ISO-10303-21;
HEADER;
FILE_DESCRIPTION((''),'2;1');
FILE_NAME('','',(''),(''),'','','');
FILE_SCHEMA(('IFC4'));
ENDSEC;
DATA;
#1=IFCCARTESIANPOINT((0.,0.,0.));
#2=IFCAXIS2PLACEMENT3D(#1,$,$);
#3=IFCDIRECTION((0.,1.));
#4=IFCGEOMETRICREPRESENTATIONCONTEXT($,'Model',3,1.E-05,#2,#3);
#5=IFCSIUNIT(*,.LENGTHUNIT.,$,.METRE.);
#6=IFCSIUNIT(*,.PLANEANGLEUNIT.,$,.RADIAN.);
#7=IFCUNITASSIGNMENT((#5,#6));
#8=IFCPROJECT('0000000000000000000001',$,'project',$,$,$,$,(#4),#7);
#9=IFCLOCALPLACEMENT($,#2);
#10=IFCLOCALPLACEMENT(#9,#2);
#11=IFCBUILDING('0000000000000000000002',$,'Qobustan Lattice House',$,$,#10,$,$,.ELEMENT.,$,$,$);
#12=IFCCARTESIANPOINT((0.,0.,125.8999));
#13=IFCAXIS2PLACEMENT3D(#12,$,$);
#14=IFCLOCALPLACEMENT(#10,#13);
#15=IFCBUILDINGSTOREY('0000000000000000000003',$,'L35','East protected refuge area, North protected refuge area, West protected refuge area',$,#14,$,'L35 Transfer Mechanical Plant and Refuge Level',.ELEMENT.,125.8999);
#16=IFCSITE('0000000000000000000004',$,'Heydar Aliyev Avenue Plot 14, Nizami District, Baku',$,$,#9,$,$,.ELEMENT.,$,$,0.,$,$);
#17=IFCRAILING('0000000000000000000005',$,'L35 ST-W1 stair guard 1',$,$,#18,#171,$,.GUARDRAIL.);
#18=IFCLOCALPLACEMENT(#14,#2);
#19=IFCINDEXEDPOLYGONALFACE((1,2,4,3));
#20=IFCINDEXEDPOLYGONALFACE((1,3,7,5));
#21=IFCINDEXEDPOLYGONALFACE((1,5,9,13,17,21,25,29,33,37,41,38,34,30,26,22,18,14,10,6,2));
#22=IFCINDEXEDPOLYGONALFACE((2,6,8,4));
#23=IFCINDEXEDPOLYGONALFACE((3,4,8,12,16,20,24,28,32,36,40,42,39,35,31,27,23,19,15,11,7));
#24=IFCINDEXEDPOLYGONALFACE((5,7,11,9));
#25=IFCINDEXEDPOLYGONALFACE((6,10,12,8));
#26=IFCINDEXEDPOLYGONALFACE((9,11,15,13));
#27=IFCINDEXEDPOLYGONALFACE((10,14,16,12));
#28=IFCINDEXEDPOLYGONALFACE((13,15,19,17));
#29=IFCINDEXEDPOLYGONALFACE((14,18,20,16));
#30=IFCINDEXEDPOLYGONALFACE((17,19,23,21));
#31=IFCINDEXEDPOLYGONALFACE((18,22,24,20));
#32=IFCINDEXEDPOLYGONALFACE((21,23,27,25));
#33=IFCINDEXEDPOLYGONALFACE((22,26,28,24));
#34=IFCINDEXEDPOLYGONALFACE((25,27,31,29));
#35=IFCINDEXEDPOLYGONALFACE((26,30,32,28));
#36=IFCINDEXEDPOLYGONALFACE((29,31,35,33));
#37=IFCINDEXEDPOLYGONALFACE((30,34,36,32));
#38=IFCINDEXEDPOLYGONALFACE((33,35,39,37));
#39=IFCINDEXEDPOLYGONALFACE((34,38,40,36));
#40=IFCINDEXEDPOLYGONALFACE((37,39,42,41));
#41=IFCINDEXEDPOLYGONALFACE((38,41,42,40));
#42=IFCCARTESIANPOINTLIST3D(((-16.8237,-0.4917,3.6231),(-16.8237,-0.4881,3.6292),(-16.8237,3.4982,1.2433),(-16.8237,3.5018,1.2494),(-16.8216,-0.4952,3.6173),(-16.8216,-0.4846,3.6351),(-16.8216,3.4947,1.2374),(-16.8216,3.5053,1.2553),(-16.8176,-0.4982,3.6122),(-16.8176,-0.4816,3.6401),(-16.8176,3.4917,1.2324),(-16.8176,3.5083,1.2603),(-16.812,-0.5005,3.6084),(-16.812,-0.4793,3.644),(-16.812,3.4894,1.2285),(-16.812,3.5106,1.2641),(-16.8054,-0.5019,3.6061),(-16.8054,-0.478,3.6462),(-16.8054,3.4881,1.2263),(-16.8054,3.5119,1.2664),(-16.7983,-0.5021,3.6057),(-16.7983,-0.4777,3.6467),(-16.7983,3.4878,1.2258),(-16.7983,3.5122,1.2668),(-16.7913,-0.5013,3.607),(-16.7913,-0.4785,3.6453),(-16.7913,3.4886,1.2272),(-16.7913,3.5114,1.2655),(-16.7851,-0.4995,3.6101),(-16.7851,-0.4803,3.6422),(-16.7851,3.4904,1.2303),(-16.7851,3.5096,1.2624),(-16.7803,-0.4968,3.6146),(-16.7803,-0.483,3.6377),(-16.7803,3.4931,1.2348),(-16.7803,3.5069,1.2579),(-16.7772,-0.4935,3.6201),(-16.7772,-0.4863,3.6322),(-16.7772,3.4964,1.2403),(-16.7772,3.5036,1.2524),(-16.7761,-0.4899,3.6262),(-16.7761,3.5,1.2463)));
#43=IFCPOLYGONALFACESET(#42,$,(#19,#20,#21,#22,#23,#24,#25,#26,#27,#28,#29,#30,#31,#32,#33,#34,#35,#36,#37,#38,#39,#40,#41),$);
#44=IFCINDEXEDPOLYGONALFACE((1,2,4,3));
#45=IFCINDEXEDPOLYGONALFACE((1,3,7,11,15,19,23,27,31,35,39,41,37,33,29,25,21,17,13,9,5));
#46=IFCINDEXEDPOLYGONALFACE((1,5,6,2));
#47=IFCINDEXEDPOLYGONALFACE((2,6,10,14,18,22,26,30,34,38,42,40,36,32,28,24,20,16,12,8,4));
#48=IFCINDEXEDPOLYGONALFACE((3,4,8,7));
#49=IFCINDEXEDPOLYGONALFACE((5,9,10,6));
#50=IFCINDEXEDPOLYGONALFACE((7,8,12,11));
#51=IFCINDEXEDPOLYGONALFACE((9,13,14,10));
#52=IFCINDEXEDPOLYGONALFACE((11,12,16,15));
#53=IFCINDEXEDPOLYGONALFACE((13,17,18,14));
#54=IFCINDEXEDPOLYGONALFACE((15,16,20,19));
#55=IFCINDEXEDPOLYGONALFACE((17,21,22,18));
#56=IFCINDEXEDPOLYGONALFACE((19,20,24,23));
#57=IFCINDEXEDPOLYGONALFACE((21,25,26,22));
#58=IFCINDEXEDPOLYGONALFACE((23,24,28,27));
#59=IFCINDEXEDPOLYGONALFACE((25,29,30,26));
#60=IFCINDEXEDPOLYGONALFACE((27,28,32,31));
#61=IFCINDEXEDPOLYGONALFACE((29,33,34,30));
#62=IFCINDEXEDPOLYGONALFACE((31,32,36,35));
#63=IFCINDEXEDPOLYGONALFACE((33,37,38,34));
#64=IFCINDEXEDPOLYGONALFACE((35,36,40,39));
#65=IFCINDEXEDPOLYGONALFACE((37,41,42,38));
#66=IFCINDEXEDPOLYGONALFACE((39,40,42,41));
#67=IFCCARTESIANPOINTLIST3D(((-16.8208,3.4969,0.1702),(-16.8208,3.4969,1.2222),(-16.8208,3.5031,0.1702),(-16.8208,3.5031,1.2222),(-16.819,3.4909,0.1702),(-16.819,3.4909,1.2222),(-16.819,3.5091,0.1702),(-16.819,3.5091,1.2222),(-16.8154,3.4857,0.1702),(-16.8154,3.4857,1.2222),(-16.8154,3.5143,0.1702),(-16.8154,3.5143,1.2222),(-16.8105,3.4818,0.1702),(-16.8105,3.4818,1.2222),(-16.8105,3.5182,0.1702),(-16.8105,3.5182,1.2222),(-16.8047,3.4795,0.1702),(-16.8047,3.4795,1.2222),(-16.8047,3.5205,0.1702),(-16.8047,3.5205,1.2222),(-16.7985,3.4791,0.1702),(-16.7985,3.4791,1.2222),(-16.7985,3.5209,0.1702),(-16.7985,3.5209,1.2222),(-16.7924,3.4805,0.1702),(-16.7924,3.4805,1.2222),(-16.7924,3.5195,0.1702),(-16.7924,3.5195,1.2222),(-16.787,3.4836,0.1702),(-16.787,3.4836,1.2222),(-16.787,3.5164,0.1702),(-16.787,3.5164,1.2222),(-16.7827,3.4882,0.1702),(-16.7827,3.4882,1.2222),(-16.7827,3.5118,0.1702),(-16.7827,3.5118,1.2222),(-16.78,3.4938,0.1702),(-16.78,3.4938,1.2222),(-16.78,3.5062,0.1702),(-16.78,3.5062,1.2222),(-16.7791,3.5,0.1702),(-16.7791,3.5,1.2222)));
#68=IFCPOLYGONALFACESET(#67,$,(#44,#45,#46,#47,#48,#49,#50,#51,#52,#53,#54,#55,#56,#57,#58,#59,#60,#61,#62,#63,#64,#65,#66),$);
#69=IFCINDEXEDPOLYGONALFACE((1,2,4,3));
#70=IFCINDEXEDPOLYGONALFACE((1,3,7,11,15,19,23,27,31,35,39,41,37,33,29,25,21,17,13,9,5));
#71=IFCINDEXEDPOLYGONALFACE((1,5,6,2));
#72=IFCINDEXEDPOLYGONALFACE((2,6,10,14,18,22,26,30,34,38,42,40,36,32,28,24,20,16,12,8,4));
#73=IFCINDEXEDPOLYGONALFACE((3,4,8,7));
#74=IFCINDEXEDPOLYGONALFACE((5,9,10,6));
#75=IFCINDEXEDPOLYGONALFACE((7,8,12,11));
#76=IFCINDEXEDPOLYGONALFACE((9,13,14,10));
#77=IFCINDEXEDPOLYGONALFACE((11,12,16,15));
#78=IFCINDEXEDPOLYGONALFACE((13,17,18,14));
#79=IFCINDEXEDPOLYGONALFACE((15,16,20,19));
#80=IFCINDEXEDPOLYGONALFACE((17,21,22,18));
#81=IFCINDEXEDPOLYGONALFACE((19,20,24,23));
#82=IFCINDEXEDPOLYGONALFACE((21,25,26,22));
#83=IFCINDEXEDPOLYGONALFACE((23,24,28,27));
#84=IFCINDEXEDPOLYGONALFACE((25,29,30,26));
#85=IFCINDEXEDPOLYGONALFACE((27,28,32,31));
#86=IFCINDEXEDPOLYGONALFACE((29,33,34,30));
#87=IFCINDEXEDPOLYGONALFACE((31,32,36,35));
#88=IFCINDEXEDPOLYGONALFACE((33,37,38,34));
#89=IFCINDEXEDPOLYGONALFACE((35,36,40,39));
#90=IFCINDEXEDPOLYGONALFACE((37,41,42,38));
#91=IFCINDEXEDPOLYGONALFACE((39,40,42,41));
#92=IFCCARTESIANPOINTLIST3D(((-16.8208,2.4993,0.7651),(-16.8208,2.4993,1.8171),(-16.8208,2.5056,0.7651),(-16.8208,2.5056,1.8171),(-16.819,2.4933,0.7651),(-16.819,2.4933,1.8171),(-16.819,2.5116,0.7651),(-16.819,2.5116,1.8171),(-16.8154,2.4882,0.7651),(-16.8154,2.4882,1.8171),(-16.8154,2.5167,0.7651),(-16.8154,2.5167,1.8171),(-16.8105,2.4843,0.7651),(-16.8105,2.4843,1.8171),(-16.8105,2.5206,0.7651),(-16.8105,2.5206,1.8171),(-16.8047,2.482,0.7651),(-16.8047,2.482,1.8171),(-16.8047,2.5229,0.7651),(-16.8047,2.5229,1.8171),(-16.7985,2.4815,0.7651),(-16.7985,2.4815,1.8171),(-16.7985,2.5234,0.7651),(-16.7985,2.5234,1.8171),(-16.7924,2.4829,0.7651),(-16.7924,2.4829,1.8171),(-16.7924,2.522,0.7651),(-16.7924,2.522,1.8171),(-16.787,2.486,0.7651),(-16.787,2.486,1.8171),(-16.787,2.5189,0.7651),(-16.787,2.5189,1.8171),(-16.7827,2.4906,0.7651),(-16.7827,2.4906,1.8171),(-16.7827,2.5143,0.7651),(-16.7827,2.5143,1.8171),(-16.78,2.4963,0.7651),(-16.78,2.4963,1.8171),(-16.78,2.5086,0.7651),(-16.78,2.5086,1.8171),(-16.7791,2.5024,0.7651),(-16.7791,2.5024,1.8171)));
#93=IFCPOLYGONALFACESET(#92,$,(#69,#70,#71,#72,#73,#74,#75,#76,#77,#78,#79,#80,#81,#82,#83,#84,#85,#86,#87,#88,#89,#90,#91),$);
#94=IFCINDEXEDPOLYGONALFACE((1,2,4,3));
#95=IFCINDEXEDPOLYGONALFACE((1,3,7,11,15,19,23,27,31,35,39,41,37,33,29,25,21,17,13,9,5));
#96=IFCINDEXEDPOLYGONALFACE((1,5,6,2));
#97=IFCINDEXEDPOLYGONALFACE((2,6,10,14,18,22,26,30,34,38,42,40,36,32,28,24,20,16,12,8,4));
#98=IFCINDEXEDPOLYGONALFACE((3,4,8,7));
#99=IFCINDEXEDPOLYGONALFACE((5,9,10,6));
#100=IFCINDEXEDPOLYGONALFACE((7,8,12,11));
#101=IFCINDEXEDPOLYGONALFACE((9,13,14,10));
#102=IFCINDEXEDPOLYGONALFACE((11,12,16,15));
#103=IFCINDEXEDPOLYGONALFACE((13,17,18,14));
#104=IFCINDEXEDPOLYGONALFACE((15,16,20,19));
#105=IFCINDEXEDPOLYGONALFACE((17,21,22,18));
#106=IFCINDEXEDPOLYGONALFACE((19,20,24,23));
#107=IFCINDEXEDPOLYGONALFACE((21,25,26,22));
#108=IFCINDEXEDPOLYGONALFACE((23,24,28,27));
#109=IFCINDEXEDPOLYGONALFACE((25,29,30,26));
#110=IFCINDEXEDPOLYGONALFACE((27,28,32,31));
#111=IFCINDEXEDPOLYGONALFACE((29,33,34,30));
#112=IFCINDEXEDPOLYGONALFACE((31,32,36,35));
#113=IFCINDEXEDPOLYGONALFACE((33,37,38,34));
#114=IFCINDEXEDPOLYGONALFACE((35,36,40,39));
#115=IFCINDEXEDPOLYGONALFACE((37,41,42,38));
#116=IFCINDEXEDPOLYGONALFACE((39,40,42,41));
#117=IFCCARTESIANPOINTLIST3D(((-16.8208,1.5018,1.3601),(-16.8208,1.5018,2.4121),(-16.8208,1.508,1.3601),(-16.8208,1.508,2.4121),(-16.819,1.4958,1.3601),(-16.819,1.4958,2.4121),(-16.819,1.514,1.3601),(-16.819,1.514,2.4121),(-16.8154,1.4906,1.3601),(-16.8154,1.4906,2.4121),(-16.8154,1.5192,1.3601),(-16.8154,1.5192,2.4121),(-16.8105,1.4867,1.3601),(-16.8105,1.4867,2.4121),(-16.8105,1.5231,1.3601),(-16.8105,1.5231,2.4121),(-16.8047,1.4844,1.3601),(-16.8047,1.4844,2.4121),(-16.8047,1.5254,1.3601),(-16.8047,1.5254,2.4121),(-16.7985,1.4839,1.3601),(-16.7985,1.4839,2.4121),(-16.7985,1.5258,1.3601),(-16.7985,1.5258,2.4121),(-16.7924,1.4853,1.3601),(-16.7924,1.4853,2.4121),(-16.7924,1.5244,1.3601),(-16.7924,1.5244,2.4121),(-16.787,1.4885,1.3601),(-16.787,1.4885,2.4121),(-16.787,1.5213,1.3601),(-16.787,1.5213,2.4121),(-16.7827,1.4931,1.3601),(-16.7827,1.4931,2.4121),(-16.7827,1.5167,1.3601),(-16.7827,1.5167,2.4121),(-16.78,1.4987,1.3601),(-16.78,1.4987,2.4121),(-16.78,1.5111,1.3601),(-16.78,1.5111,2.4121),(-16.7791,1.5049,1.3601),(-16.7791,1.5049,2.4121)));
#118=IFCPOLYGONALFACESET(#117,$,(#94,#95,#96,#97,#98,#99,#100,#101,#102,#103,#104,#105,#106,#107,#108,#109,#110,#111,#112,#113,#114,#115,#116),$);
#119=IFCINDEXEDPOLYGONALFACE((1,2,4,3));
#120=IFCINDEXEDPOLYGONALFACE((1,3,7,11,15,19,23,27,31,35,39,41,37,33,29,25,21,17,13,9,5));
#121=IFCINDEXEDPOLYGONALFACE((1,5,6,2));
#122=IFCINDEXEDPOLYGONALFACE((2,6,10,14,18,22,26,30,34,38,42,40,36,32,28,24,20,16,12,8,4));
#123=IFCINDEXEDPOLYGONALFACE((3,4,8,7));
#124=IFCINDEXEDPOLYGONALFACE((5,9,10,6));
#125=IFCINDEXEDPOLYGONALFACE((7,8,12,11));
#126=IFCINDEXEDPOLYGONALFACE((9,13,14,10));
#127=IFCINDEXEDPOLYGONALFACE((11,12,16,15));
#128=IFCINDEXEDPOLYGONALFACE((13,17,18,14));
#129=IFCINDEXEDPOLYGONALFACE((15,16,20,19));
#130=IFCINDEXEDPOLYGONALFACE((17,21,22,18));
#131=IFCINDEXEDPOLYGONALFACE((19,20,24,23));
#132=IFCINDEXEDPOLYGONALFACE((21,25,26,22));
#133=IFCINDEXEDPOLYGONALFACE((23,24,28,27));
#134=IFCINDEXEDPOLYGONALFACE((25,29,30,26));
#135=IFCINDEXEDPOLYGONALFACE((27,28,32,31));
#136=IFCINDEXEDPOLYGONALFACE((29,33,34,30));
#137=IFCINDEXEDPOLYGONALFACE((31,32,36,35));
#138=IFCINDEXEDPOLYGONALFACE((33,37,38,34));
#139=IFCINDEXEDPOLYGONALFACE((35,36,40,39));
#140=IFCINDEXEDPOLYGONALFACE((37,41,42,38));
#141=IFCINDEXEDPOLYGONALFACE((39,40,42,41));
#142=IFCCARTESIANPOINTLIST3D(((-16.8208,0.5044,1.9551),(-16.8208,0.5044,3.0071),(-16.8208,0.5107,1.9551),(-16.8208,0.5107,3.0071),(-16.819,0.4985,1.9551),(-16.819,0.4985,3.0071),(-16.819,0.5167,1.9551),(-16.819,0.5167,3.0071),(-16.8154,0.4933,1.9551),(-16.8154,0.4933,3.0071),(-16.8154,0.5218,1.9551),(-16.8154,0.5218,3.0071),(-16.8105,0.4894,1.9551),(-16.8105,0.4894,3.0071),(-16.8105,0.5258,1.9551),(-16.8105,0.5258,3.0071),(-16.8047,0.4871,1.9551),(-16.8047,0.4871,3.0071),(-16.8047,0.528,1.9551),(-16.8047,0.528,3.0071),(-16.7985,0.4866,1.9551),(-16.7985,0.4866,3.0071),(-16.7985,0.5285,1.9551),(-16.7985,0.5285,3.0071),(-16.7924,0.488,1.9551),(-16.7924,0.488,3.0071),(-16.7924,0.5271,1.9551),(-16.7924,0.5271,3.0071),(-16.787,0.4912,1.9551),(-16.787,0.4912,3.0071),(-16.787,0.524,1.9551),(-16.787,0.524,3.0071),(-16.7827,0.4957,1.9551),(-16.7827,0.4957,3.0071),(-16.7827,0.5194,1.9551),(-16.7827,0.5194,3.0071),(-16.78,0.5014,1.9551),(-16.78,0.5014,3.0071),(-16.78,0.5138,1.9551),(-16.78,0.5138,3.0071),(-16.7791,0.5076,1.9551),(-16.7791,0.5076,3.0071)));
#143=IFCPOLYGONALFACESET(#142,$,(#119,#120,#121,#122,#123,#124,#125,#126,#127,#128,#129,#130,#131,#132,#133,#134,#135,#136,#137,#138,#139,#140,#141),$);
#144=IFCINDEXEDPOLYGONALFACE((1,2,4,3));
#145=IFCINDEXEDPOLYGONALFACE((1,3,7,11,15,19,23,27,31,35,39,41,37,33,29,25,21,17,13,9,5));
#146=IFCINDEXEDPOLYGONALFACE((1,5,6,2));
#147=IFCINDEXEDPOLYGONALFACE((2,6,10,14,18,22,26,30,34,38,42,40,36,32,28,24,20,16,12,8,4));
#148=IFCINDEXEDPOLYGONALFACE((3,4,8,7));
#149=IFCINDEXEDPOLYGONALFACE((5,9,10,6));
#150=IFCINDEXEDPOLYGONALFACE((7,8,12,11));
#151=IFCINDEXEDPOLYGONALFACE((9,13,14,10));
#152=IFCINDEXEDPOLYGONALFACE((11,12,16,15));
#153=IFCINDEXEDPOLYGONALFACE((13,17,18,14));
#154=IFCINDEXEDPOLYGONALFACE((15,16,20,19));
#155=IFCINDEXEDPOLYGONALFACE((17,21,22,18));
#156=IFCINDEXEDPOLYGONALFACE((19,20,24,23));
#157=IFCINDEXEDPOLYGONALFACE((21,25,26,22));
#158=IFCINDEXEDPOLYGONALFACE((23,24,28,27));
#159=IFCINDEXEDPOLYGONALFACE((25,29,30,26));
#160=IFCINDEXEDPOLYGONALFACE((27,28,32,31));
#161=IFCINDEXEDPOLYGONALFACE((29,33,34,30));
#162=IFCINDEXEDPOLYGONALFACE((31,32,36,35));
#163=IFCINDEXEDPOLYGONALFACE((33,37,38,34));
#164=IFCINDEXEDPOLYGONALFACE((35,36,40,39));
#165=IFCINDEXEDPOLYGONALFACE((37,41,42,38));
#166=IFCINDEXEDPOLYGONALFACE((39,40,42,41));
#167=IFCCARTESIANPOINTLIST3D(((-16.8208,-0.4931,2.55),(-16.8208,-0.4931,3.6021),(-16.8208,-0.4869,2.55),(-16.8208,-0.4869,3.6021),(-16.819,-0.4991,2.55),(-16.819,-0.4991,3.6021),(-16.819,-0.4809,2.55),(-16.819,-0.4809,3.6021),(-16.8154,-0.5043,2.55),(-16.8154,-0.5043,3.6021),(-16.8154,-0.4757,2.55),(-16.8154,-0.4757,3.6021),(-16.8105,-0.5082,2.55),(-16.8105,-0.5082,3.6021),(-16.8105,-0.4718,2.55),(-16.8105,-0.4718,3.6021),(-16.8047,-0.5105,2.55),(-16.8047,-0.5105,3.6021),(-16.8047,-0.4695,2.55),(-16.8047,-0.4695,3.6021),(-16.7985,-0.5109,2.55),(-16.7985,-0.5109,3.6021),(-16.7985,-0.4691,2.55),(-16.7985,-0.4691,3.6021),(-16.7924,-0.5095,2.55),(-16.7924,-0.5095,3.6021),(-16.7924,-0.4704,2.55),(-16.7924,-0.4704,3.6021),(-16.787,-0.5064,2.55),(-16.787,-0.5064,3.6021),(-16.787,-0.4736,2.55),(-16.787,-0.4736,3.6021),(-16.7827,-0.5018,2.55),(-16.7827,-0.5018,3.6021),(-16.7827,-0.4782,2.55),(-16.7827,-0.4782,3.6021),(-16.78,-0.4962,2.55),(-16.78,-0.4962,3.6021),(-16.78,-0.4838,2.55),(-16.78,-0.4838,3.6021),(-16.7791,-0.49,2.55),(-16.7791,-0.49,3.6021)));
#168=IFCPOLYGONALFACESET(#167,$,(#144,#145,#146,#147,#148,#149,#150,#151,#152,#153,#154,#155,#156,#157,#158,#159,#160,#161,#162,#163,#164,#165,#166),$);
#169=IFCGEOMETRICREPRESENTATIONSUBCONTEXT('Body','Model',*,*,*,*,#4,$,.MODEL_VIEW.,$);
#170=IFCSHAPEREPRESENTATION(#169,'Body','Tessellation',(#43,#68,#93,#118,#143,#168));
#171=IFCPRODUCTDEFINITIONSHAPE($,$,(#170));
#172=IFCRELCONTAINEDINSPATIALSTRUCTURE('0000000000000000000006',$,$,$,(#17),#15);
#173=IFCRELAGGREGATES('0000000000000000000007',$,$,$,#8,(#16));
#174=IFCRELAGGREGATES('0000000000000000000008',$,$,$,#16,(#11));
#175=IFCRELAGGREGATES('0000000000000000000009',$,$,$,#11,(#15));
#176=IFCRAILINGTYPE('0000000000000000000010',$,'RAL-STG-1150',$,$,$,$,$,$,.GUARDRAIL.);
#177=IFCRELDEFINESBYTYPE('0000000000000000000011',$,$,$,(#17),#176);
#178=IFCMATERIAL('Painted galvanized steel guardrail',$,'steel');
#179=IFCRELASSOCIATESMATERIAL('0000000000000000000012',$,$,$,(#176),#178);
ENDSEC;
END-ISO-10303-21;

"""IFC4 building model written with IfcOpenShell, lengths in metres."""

from ifc_helpers import new_model, si_unit, direction, frame, origin, origin_2d, place, context, subcontext, project, spatial, circle, extrude, material, type_object, element, save


model = new_model("IFC4")

# Units and contexts
model_context = context("Model", 3, precision=1e-05, world=origin(), true_north=direction((0.0, 1.0)))
body_context = subcontext(model_context, "Body", "Model", "MODEL_VIEW")
ifc_project = project(units=[si_unit("LENGTHUNIT", "METRE"), si_unit("PLANEANGLEUNIT", "RADIAN")], contexts=[model_context])

# Site, building, storey
site_placement = place(None, origin())
site = spatial("IfcSite", under=ifc_project, at=site_placement, Name="Heydar Aliyev Avenue Plot 14, Nizami District, Baku", CompositionType="ELEMENT", RefElevation=0.0)
building_placement = place(site_placement, origin())
building = spatial("IfcBuilding", under=site, at=building_placement, Name="Qobustan Lattice House", CompositionType="ELEMENT")
storey_placement = place(building_placement, frame((0.0, 0.0, 125.8999)))
storey = spatial("IfcBuildingStorey", under=building, at=storey_placement, Name="L35", Description="East protected refuge area, North protected refuge area, West protected refuge area", LongName="L35 Transfer Mechanical Plant and Refuge Level", CompositionType="ELEMENT", Elevation=125.8999)

# Railing
ifc_material_1 = material(Name="Painted galvanized steel guardrail", Category="steel")
railing_type_1 = type_object("IfcRailingType", Name="RAL-STG-1150", PredefinedType="GUARDRAIL", material=ifc_material_1)
railing_1_placement = place(storey_placement, frame((-16.8, 3.5, 0.1702)))
element("IfcRailing", 1, at=railing_1_placement, inside=storey, type_object=railing_type_1, Name="L35 ST-W1 stair guard 1", PredefinedType="GUARDRAIL", context=body_context, shape_type="SweptSolid", body=[
    extrude(circle(Radius=0.0239, at=origin_2d()), frame((0.0, 0.0, 1.0762), z_axis=(0.0, -0.85883, 0.512261), x_axis=(1.0, 0.0, 0.0)), (0.0, 0.0, 1.0), 4.6458),
    extrude(circle(Radius=0.021, at=origin_2d()), origin(), (0.0, 0.0, 1.0), 1.052),
    extrude(circle(Radius=0.021, at=origin_2d()), frame((0.0, -0.9976, 0.595)), (0.0, 0.0, 1.0), 1.052),
    extrude(circle(Radius=0.021, at=origin_2d()), frame((0.0, -1.9951, 1.1899)), (0.0, 0.0, 1.0), 1.052),
    extrude(circle(Radius=0.021, at=origin_2d()), frame((0.0, -2.9924, 1.7849)), (0.0, 0.0, 1.0), 1.052),
    extrude(circle(Radius=0.021, at=origin_2d()), frame((0.0, -3.99, 2.3799)), (0.0, 0.0, 1.0), 1.052),
])

save(model, "model.ifc")
